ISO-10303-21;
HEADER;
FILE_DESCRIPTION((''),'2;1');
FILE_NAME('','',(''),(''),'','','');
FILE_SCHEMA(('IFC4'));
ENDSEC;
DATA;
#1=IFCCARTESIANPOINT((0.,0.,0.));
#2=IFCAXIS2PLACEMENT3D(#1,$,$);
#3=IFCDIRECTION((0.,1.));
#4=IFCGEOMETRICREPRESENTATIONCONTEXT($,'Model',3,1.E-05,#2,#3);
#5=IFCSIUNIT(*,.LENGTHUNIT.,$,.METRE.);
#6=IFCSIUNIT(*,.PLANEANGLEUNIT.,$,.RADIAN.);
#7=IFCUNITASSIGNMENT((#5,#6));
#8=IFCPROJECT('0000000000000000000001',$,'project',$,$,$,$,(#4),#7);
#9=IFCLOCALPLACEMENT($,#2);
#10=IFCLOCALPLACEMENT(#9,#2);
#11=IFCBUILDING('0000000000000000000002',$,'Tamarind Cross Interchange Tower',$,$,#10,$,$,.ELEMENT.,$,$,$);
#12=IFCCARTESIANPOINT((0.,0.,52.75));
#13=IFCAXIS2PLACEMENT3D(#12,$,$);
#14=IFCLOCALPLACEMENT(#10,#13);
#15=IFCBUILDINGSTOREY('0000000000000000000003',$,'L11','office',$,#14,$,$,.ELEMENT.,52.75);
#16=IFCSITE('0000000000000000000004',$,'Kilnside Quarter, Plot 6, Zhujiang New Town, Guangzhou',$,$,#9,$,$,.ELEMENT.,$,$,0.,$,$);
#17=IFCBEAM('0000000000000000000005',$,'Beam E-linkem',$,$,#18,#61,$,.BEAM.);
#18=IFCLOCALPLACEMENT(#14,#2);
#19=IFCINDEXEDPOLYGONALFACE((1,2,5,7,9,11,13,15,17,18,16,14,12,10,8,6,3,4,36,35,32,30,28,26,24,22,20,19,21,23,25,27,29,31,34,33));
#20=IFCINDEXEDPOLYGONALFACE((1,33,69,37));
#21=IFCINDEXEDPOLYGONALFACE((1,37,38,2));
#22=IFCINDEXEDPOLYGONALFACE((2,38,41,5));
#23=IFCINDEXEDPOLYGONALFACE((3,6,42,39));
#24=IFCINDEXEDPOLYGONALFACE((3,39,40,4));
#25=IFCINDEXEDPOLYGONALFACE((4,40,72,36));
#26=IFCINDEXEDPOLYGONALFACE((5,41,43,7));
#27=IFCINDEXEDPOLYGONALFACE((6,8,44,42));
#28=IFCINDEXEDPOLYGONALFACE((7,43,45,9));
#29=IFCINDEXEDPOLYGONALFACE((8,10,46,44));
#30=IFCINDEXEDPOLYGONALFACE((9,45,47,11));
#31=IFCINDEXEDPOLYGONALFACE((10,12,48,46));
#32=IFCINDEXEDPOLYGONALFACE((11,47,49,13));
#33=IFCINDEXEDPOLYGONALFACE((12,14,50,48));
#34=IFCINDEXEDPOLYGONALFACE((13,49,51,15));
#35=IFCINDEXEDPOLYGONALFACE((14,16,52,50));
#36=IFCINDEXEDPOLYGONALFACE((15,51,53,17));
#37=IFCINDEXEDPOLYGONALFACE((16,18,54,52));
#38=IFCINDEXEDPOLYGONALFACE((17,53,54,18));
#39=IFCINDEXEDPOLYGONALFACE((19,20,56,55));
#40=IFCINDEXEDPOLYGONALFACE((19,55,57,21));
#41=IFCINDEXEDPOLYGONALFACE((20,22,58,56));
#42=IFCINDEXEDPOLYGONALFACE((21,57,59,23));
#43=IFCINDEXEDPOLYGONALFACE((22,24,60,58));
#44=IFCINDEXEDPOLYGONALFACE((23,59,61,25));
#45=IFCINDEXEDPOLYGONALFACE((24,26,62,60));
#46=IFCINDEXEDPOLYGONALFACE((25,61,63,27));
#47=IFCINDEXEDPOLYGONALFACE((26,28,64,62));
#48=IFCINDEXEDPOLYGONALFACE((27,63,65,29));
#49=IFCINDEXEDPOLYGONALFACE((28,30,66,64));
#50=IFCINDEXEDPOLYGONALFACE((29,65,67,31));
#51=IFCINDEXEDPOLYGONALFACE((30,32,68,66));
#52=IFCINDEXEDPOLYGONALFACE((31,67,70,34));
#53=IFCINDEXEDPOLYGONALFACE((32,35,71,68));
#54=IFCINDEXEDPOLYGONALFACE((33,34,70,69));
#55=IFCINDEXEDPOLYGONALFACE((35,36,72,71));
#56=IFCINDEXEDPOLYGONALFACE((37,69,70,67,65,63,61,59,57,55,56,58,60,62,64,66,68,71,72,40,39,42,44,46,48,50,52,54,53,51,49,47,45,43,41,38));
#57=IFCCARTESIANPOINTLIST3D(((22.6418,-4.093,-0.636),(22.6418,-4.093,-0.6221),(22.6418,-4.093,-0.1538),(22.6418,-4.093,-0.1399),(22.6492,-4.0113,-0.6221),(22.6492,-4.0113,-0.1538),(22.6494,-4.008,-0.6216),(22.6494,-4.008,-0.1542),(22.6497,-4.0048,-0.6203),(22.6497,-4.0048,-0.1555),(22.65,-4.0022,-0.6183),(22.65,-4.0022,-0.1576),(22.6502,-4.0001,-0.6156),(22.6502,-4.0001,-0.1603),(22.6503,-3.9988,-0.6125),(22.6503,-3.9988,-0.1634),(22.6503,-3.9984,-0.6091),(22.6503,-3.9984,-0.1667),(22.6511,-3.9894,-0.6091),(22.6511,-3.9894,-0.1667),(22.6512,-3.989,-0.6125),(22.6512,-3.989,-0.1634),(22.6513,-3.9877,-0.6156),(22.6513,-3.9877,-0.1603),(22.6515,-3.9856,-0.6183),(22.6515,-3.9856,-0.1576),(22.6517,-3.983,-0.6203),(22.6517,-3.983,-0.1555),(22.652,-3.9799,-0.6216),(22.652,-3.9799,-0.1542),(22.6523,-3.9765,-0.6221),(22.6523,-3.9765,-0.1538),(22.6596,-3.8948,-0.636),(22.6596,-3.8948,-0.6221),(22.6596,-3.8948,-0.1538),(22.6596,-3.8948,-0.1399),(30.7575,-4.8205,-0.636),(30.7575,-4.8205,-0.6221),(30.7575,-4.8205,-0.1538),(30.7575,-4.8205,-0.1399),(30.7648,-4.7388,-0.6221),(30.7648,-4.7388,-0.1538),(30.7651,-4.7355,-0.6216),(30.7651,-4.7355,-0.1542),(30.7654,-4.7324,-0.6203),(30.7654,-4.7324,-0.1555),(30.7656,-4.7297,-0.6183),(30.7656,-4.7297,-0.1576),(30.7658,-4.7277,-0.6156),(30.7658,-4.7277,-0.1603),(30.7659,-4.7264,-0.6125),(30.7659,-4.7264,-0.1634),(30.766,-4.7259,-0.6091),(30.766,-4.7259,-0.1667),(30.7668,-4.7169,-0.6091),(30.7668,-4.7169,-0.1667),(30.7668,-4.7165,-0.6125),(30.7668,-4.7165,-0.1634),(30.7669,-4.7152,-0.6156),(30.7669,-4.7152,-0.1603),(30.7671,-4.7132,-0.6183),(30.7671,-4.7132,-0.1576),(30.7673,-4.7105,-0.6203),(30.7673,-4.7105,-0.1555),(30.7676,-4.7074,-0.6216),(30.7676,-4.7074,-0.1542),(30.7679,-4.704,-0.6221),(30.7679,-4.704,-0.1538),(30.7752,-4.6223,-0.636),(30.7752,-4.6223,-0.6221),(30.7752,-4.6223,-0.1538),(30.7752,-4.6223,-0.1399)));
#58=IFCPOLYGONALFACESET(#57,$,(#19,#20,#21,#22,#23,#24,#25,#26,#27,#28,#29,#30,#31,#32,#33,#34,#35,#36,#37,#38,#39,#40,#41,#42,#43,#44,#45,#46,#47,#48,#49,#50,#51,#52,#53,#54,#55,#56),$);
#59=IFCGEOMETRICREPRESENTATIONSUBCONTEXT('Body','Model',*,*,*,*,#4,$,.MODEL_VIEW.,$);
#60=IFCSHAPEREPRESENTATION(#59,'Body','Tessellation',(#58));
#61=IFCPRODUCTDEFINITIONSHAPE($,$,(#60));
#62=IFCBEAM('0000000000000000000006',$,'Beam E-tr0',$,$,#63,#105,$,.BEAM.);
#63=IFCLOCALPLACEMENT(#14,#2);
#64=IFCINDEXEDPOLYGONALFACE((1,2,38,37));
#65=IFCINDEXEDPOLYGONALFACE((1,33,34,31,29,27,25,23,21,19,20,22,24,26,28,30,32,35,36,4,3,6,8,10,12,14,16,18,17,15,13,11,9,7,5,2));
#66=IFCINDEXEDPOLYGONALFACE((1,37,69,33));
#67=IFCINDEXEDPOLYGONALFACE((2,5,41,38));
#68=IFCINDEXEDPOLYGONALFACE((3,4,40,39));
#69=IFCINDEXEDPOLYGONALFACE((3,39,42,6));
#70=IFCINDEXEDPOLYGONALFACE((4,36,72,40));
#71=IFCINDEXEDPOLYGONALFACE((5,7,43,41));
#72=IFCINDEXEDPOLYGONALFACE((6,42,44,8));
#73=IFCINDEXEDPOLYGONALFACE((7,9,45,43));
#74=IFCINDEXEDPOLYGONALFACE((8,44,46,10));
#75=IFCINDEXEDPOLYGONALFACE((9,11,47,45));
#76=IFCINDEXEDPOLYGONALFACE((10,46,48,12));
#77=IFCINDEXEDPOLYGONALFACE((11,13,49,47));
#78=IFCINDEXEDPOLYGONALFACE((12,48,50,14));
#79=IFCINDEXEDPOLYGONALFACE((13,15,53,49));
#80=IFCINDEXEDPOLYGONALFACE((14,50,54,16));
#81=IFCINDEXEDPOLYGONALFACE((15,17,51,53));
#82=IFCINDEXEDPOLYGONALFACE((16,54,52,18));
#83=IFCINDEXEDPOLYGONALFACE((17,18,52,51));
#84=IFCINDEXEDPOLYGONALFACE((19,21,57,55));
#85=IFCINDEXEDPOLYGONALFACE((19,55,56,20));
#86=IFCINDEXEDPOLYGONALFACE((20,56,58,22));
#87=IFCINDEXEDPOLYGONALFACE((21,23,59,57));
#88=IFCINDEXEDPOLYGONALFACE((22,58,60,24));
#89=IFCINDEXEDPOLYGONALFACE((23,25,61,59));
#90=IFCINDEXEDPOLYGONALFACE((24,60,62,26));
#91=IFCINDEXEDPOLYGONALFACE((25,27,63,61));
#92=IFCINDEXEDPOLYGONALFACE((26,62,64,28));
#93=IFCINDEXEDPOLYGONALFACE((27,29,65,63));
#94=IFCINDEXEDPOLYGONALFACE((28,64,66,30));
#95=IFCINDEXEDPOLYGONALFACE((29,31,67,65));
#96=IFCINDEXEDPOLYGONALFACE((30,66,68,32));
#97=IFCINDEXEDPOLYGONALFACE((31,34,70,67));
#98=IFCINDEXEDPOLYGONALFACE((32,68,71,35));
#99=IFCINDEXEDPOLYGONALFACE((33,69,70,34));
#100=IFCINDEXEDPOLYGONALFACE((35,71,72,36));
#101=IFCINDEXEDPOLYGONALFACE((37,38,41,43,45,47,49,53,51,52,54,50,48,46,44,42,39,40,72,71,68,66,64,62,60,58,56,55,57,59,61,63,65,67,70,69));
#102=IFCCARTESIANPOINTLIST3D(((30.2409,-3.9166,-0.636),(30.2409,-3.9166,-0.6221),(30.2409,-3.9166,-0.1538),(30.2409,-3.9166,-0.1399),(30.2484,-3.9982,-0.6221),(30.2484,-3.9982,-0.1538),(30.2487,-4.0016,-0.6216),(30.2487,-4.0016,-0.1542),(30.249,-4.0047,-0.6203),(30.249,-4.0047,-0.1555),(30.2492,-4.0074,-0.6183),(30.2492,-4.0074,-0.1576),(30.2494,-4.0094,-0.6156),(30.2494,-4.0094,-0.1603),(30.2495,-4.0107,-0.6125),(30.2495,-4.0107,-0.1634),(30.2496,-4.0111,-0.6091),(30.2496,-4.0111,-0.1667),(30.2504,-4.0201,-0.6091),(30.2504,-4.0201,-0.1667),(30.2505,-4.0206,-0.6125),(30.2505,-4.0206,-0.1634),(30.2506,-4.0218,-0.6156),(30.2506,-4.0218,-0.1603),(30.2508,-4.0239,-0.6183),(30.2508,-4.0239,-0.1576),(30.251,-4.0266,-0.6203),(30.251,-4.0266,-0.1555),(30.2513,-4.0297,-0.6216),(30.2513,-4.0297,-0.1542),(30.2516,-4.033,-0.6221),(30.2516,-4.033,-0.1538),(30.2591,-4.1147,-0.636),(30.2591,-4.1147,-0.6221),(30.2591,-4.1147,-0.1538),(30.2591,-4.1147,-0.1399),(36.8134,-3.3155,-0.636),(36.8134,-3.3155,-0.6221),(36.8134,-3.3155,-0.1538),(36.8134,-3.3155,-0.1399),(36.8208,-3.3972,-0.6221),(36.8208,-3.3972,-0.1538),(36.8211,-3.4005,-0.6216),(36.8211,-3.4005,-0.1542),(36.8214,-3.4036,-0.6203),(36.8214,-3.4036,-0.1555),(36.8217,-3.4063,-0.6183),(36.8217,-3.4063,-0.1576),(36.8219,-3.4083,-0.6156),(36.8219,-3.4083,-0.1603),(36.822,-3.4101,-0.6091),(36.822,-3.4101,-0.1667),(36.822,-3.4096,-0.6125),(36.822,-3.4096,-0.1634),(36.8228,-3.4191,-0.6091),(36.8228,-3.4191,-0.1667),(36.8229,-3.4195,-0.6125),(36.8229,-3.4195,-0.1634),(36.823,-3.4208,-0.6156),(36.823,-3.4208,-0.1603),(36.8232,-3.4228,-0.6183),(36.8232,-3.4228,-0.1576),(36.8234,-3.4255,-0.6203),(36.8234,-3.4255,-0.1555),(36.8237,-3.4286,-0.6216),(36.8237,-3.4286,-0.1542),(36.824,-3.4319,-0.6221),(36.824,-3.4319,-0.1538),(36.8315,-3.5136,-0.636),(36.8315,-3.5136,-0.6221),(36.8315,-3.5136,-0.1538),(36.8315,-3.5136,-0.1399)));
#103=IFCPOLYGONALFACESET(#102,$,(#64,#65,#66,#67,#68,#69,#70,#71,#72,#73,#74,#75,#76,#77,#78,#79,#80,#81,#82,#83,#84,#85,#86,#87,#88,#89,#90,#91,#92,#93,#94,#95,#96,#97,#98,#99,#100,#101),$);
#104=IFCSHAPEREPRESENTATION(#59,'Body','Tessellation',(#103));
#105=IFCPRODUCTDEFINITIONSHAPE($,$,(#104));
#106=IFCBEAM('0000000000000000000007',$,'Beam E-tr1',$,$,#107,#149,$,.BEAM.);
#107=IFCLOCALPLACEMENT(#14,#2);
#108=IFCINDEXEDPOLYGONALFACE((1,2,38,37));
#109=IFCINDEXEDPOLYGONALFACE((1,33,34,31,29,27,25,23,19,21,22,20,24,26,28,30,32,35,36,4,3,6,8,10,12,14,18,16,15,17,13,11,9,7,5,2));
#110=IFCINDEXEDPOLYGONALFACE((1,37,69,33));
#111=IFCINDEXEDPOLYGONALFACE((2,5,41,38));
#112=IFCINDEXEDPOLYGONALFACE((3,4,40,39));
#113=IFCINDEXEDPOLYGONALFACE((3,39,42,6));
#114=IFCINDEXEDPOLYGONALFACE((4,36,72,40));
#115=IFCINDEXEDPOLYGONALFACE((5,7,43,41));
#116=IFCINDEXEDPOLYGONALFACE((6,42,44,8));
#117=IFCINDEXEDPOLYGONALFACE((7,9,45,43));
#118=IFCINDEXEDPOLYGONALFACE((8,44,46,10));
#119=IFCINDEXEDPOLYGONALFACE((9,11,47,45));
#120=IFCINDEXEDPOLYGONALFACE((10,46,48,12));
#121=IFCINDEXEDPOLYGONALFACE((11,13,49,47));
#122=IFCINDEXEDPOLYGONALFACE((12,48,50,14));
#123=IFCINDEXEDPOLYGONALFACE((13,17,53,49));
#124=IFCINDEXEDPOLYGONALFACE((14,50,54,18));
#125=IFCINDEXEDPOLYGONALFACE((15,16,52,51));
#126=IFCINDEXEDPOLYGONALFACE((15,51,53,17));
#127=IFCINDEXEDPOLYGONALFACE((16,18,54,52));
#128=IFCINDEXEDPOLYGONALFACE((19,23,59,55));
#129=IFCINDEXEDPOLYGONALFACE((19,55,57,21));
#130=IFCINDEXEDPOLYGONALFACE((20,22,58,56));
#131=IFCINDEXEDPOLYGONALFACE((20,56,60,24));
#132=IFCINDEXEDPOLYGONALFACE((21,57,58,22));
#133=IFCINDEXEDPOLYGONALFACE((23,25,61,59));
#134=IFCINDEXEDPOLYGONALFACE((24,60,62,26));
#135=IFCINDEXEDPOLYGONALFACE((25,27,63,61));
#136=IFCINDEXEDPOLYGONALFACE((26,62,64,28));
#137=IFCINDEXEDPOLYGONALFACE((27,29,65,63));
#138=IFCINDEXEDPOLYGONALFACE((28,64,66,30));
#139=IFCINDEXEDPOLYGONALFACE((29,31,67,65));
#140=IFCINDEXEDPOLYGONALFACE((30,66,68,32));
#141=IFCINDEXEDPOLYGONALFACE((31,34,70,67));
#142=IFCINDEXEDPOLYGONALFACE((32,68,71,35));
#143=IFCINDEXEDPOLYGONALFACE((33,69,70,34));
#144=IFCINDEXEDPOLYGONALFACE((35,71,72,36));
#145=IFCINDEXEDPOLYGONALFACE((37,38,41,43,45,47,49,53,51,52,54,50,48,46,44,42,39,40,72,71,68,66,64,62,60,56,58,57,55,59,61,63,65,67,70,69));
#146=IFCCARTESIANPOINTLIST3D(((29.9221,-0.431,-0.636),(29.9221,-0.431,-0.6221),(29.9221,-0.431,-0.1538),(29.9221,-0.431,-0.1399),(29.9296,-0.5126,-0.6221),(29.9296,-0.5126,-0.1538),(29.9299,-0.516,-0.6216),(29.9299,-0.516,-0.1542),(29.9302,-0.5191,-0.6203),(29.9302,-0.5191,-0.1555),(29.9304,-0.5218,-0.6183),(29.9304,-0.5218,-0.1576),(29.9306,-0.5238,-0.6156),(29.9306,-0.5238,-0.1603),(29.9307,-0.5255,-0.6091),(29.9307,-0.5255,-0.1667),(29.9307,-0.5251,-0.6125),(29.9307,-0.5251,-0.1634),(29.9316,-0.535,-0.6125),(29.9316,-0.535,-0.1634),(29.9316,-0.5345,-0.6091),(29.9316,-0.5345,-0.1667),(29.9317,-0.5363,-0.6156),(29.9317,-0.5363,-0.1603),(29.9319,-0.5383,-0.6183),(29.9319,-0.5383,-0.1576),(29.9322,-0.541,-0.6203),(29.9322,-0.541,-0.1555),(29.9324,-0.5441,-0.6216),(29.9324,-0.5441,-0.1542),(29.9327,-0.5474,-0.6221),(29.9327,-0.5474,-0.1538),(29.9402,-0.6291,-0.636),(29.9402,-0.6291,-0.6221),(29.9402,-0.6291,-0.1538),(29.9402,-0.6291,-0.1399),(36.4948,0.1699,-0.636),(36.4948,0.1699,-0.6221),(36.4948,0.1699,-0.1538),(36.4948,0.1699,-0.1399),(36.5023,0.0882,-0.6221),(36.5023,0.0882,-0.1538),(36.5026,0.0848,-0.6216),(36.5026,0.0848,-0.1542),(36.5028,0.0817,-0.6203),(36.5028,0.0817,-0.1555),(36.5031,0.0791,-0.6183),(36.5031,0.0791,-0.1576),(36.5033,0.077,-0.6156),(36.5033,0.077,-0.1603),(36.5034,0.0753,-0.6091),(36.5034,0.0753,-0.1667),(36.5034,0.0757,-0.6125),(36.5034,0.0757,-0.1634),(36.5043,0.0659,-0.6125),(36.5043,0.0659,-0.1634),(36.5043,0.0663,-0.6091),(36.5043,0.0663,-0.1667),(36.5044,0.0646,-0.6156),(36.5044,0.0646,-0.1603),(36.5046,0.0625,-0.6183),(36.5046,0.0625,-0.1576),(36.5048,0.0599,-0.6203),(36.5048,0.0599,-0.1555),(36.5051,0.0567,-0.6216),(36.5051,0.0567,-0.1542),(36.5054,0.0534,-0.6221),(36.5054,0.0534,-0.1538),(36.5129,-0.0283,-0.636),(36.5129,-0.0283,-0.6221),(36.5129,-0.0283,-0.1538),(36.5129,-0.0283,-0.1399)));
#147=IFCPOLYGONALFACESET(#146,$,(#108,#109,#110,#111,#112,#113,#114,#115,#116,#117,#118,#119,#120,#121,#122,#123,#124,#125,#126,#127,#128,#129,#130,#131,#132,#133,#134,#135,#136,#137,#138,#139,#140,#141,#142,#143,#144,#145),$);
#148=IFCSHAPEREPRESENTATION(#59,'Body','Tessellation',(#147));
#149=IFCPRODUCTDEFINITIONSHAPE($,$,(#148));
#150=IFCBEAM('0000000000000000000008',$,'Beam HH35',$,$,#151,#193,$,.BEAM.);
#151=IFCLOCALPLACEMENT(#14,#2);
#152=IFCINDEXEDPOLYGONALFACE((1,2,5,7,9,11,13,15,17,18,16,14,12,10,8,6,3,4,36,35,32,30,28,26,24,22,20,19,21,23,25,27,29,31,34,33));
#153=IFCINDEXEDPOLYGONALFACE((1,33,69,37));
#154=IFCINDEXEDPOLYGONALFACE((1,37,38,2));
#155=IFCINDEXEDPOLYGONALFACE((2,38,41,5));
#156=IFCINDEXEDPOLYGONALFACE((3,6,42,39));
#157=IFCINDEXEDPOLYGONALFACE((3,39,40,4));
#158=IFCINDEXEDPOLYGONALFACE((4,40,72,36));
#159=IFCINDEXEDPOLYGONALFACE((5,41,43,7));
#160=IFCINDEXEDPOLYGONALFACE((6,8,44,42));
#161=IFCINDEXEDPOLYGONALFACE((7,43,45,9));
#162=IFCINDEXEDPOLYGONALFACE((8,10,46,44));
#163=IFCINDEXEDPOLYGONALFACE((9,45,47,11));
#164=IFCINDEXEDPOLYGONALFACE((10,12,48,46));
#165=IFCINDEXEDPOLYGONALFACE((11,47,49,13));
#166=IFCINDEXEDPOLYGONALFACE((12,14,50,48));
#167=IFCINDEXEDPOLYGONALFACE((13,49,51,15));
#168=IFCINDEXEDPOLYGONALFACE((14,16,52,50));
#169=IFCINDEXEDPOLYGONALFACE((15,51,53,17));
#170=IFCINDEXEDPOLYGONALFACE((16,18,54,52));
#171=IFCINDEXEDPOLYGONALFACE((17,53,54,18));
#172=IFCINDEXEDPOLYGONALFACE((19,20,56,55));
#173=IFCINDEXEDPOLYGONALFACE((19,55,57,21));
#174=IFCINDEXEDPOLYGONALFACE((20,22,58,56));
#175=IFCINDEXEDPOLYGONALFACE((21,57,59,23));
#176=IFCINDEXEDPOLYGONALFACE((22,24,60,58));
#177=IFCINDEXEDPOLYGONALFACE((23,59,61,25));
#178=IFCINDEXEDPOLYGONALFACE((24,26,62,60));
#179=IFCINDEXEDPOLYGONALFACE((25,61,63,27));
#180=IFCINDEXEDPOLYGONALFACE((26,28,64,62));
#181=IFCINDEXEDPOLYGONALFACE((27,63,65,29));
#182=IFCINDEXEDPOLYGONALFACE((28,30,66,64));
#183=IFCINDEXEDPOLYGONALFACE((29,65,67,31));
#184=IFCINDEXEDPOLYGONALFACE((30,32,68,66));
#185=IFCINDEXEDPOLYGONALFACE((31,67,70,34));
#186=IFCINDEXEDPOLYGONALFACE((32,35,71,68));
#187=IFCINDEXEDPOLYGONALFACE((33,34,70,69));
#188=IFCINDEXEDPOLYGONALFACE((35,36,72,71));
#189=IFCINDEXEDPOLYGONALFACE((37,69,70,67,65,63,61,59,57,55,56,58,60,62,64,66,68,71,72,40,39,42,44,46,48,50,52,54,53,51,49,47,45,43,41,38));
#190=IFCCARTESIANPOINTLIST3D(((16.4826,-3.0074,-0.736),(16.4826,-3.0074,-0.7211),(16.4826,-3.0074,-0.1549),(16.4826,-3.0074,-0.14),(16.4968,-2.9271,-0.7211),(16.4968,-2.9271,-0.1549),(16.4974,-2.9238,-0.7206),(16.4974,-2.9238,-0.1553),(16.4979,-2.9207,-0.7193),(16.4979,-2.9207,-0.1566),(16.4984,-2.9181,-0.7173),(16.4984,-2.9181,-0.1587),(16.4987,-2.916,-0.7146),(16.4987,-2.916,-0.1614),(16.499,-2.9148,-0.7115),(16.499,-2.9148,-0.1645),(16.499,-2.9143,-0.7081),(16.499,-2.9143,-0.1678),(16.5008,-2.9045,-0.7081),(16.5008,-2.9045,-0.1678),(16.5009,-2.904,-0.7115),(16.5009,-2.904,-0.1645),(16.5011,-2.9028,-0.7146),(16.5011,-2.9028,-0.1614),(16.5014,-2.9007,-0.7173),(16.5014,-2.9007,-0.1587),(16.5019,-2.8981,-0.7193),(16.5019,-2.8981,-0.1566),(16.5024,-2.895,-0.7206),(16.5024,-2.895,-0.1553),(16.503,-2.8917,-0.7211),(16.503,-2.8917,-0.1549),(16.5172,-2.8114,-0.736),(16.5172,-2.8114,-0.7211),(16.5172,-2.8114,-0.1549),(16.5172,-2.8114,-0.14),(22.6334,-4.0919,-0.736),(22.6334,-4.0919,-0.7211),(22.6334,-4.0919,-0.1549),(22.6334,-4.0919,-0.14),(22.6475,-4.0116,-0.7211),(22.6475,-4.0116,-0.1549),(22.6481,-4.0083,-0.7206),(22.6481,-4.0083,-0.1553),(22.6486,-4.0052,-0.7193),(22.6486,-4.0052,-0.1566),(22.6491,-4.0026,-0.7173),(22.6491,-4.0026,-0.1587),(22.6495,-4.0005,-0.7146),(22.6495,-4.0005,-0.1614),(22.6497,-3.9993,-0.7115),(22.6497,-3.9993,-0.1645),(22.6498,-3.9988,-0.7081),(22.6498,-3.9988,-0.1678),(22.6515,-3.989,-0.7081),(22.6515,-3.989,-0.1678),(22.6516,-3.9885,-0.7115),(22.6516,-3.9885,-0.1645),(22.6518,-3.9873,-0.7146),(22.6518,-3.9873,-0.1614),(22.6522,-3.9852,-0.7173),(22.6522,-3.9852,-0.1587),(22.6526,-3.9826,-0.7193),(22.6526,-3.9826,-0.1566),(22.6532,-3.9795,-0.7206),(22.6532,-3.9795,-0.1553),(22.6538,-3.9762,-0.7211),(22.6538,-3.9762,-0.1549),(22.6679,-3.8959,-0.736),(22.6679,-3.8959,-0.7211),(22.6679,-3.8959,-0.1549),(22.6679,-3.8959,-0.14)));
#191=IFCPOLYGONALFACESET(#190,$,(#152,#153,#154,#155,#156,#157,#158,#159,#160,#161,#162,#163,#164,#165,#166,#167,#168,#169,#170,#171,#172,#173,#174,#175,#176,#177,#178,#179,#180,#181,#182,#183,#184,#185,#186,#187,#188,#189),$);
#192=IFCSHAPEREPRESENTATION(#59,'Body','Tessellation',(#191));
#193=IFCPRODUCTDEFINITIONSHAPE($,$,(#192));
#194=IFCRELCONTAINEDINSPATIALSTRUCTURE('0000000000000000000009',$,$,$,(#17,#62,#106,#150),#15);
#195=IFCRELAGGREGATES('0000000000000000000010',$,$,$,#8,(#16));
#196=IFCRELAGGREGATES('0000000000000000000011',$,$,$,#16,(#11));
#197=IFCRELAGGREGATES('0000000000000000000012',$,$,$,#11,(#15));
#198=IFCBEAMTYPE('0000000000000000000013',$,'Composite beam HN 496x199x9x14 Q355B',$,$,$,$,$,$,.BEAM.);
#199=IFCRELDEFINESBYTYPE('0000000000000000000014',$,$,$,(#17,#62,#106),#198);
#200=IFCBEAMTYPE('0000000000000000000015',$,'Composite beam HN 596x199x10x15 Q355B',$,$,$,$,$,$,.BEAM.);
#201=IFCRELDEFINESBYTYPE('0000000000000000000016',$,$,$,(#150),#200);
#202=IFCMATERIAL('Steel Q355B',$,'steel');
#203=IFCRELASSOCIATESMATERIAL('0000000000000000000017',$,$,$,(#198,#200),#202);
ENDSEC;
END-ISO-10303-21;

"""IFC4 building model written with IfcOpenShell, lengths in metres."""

from ifc_helpers import new_model, si_unit, direction, frame, origin, origin_2d, place, context, subcontext, project, spatial, i_section, extrude, material, material_profile, profile_set, type_object, element, save


model = new_model("IFC4")

# Units and contexts
model_context = context("Model", 3, precision=1e-05, world=origin(), true_north=direction((0.0, 1.0)))
body_context = subcontext(model_context, "Body", "Model", "MODEL_VIEW")
ifc_project = project(units=[si_unit("LENGTHUNIT", "METRE"), si_unit("PLANEANGLEUNIT", "RADIAN")], contexts=[model_context])

# Site, building, storey
site_placement = place(None, origin())
site = spatial("IfcSite", under=ifc_project, at=site_placement, Name="Kilnside Quarter, Plot 6, Zhujiang New Town, Guangzhou", CompositionType="ELEMENT", RefElevation=0.0)
building_placement = place(site_placement, origin())
building = spatial("IfcBuilding", under=site, at=building_placement, Name="Tamarind Cross Interchange Tower", CompositionType="ELEMENT")
storey_placement = place(building_placement, frame((0.0, 0.0, 52.75)))
storey = spatial("IfcBuildingStorey", under=building, at=storey_placement, Name="L11", Description="office", CompositionType="ELEMENT", Elevation=52.75)

# Beams
ifc_material_1 = material(Name="Steel Q355B", Category="steel")
ifc_material_profile_1 = material_profile(ifc_material_1, i_section(OverallWidth=0.199, OverallDepth=0.4961, WebThickness=0.009, FlangeThickness=0.0139, FilletRadius=0.0129, at=origin_2d()), Name="HN 496x199x9x14")
ifc_profile_set_1 = profile_set([ifc_material_profile_1], Name="Steel Q355B")
beam_type_1 = type_object("IfcBeamType", Name="Composite beam HN 496x199x9x14 Q355B", PredefinedType="BEAM", material=ifc_profile_set_1)
beam_1_placement = place(storey_placement, frame((30.7664, -4.7214, -0.3879), z_axis=(-0.996006, 0.089288, 0.0), x_axis=(-0.089288, -0.996006, 0.0)))
element("IfcBeam", 1, at=beam_1_placement, inside=storey, type_object=beam_type_1, Name="Beam E-linkem", PredefinedType="BEAM", context=body_context, shape_type="SweptSolid", body=[
    extrude(i_section(OverallWidth=0.199, OverallDepth=0.4961, WebThickness=0.009, FlangeThickness=0.0139, FilletRadius=0.0129, at=origin_2d()), origin(), (0.0, 0.0, 1.0), 8.1482),
])
beam_2_placement = place(storey_placement, frame((30.25, -4.0156, -0.3879), z_axis=(0.995844, 0.091073, 0.0), x_axis=(-0.091073, 0.995844, 0.0)))
element("IfcBeam", 2, at=beam_2_placement, inside=storey, type_object=beam_type_1, Name="Beam E-tr0", PredefinedType="BEAM", context=body_context, shape_type="SweptSolid", body=[
    extrude(i_section(OverallWidth=0.199, OverallDepth=0.4961, WebThickness=0.009, FlangeThickness=0.0139, FilletRadius=0.0129, at=origin_2d()), origin(), (0.0, 0.0, 1.0), 6.5999),
])
beam_3_placement = place(storey_placement, frame((29.9312, -0.53, -0.3879), z_axis=(0.995848, 0.091033, 0.0), x_axis=(-0.091033, 0.995848, 0.0)))
element("IfcBeam", 3, at=beam_3_placement, inside=storey, type_object=beam_type_1, Name="Beam E-tr1", PredefinedType="BEAM", context=body_context, shape_type="SweptSolid", body=[
    extrude(i_section(OverallWidth=0.199, OverallDepth=0.4961, WebThickness=0.009, FlangeThickness=0.0139, FilletRadius=0.0129, at=origin_2d()), origin(), (0.0, 0.0, 1.0), 6.6001),
])
ifc_material_profile_2 = material_profile(ifc_material_1, i_section(OverallWidth=0.199, OverallDepth=0.5959, WebThickness=0.01, FlangeThickness=0.0149, FilletRadius=0.0129, at=origin_2d()), Name="HN 596x199x10x15")
ifc_profile_set_2 = profile_set([ifc_material_profile_2], Name="Steel Q355B")
beam_type_2 = type_object("IfcBeamType", Name="Composite beam HN 596x199x10x15 Q355B", PredefinedType="BEAM", material=ifc_profile_set_2)
beam_4_placement = place(storey_placement, frame((22.6506, -3.9939, -0.438), z_axis=(-0.984809, 0.17364, 0.0), x_axis=(-0.17364, -0.984809, 0.0)))
element("IfcBeam", 4, at=beam_4_placement, inside=storey, type_object=beam_type_2, Name="Beam HH35", PredefinedType="BEAM", context=body_context, shape_type="SweptSolid", body=[
    extrude(i_section(OverallWidth=0.199, OverallDepth=0.5959, WebThickness=0.01, FlangeThickness=0.0149, FilletRadius=0.0129, at=origin_2d()), origin(), (0.0, 0.0, 1.0), 6.2456),
])

save(model, "model.ifc")
